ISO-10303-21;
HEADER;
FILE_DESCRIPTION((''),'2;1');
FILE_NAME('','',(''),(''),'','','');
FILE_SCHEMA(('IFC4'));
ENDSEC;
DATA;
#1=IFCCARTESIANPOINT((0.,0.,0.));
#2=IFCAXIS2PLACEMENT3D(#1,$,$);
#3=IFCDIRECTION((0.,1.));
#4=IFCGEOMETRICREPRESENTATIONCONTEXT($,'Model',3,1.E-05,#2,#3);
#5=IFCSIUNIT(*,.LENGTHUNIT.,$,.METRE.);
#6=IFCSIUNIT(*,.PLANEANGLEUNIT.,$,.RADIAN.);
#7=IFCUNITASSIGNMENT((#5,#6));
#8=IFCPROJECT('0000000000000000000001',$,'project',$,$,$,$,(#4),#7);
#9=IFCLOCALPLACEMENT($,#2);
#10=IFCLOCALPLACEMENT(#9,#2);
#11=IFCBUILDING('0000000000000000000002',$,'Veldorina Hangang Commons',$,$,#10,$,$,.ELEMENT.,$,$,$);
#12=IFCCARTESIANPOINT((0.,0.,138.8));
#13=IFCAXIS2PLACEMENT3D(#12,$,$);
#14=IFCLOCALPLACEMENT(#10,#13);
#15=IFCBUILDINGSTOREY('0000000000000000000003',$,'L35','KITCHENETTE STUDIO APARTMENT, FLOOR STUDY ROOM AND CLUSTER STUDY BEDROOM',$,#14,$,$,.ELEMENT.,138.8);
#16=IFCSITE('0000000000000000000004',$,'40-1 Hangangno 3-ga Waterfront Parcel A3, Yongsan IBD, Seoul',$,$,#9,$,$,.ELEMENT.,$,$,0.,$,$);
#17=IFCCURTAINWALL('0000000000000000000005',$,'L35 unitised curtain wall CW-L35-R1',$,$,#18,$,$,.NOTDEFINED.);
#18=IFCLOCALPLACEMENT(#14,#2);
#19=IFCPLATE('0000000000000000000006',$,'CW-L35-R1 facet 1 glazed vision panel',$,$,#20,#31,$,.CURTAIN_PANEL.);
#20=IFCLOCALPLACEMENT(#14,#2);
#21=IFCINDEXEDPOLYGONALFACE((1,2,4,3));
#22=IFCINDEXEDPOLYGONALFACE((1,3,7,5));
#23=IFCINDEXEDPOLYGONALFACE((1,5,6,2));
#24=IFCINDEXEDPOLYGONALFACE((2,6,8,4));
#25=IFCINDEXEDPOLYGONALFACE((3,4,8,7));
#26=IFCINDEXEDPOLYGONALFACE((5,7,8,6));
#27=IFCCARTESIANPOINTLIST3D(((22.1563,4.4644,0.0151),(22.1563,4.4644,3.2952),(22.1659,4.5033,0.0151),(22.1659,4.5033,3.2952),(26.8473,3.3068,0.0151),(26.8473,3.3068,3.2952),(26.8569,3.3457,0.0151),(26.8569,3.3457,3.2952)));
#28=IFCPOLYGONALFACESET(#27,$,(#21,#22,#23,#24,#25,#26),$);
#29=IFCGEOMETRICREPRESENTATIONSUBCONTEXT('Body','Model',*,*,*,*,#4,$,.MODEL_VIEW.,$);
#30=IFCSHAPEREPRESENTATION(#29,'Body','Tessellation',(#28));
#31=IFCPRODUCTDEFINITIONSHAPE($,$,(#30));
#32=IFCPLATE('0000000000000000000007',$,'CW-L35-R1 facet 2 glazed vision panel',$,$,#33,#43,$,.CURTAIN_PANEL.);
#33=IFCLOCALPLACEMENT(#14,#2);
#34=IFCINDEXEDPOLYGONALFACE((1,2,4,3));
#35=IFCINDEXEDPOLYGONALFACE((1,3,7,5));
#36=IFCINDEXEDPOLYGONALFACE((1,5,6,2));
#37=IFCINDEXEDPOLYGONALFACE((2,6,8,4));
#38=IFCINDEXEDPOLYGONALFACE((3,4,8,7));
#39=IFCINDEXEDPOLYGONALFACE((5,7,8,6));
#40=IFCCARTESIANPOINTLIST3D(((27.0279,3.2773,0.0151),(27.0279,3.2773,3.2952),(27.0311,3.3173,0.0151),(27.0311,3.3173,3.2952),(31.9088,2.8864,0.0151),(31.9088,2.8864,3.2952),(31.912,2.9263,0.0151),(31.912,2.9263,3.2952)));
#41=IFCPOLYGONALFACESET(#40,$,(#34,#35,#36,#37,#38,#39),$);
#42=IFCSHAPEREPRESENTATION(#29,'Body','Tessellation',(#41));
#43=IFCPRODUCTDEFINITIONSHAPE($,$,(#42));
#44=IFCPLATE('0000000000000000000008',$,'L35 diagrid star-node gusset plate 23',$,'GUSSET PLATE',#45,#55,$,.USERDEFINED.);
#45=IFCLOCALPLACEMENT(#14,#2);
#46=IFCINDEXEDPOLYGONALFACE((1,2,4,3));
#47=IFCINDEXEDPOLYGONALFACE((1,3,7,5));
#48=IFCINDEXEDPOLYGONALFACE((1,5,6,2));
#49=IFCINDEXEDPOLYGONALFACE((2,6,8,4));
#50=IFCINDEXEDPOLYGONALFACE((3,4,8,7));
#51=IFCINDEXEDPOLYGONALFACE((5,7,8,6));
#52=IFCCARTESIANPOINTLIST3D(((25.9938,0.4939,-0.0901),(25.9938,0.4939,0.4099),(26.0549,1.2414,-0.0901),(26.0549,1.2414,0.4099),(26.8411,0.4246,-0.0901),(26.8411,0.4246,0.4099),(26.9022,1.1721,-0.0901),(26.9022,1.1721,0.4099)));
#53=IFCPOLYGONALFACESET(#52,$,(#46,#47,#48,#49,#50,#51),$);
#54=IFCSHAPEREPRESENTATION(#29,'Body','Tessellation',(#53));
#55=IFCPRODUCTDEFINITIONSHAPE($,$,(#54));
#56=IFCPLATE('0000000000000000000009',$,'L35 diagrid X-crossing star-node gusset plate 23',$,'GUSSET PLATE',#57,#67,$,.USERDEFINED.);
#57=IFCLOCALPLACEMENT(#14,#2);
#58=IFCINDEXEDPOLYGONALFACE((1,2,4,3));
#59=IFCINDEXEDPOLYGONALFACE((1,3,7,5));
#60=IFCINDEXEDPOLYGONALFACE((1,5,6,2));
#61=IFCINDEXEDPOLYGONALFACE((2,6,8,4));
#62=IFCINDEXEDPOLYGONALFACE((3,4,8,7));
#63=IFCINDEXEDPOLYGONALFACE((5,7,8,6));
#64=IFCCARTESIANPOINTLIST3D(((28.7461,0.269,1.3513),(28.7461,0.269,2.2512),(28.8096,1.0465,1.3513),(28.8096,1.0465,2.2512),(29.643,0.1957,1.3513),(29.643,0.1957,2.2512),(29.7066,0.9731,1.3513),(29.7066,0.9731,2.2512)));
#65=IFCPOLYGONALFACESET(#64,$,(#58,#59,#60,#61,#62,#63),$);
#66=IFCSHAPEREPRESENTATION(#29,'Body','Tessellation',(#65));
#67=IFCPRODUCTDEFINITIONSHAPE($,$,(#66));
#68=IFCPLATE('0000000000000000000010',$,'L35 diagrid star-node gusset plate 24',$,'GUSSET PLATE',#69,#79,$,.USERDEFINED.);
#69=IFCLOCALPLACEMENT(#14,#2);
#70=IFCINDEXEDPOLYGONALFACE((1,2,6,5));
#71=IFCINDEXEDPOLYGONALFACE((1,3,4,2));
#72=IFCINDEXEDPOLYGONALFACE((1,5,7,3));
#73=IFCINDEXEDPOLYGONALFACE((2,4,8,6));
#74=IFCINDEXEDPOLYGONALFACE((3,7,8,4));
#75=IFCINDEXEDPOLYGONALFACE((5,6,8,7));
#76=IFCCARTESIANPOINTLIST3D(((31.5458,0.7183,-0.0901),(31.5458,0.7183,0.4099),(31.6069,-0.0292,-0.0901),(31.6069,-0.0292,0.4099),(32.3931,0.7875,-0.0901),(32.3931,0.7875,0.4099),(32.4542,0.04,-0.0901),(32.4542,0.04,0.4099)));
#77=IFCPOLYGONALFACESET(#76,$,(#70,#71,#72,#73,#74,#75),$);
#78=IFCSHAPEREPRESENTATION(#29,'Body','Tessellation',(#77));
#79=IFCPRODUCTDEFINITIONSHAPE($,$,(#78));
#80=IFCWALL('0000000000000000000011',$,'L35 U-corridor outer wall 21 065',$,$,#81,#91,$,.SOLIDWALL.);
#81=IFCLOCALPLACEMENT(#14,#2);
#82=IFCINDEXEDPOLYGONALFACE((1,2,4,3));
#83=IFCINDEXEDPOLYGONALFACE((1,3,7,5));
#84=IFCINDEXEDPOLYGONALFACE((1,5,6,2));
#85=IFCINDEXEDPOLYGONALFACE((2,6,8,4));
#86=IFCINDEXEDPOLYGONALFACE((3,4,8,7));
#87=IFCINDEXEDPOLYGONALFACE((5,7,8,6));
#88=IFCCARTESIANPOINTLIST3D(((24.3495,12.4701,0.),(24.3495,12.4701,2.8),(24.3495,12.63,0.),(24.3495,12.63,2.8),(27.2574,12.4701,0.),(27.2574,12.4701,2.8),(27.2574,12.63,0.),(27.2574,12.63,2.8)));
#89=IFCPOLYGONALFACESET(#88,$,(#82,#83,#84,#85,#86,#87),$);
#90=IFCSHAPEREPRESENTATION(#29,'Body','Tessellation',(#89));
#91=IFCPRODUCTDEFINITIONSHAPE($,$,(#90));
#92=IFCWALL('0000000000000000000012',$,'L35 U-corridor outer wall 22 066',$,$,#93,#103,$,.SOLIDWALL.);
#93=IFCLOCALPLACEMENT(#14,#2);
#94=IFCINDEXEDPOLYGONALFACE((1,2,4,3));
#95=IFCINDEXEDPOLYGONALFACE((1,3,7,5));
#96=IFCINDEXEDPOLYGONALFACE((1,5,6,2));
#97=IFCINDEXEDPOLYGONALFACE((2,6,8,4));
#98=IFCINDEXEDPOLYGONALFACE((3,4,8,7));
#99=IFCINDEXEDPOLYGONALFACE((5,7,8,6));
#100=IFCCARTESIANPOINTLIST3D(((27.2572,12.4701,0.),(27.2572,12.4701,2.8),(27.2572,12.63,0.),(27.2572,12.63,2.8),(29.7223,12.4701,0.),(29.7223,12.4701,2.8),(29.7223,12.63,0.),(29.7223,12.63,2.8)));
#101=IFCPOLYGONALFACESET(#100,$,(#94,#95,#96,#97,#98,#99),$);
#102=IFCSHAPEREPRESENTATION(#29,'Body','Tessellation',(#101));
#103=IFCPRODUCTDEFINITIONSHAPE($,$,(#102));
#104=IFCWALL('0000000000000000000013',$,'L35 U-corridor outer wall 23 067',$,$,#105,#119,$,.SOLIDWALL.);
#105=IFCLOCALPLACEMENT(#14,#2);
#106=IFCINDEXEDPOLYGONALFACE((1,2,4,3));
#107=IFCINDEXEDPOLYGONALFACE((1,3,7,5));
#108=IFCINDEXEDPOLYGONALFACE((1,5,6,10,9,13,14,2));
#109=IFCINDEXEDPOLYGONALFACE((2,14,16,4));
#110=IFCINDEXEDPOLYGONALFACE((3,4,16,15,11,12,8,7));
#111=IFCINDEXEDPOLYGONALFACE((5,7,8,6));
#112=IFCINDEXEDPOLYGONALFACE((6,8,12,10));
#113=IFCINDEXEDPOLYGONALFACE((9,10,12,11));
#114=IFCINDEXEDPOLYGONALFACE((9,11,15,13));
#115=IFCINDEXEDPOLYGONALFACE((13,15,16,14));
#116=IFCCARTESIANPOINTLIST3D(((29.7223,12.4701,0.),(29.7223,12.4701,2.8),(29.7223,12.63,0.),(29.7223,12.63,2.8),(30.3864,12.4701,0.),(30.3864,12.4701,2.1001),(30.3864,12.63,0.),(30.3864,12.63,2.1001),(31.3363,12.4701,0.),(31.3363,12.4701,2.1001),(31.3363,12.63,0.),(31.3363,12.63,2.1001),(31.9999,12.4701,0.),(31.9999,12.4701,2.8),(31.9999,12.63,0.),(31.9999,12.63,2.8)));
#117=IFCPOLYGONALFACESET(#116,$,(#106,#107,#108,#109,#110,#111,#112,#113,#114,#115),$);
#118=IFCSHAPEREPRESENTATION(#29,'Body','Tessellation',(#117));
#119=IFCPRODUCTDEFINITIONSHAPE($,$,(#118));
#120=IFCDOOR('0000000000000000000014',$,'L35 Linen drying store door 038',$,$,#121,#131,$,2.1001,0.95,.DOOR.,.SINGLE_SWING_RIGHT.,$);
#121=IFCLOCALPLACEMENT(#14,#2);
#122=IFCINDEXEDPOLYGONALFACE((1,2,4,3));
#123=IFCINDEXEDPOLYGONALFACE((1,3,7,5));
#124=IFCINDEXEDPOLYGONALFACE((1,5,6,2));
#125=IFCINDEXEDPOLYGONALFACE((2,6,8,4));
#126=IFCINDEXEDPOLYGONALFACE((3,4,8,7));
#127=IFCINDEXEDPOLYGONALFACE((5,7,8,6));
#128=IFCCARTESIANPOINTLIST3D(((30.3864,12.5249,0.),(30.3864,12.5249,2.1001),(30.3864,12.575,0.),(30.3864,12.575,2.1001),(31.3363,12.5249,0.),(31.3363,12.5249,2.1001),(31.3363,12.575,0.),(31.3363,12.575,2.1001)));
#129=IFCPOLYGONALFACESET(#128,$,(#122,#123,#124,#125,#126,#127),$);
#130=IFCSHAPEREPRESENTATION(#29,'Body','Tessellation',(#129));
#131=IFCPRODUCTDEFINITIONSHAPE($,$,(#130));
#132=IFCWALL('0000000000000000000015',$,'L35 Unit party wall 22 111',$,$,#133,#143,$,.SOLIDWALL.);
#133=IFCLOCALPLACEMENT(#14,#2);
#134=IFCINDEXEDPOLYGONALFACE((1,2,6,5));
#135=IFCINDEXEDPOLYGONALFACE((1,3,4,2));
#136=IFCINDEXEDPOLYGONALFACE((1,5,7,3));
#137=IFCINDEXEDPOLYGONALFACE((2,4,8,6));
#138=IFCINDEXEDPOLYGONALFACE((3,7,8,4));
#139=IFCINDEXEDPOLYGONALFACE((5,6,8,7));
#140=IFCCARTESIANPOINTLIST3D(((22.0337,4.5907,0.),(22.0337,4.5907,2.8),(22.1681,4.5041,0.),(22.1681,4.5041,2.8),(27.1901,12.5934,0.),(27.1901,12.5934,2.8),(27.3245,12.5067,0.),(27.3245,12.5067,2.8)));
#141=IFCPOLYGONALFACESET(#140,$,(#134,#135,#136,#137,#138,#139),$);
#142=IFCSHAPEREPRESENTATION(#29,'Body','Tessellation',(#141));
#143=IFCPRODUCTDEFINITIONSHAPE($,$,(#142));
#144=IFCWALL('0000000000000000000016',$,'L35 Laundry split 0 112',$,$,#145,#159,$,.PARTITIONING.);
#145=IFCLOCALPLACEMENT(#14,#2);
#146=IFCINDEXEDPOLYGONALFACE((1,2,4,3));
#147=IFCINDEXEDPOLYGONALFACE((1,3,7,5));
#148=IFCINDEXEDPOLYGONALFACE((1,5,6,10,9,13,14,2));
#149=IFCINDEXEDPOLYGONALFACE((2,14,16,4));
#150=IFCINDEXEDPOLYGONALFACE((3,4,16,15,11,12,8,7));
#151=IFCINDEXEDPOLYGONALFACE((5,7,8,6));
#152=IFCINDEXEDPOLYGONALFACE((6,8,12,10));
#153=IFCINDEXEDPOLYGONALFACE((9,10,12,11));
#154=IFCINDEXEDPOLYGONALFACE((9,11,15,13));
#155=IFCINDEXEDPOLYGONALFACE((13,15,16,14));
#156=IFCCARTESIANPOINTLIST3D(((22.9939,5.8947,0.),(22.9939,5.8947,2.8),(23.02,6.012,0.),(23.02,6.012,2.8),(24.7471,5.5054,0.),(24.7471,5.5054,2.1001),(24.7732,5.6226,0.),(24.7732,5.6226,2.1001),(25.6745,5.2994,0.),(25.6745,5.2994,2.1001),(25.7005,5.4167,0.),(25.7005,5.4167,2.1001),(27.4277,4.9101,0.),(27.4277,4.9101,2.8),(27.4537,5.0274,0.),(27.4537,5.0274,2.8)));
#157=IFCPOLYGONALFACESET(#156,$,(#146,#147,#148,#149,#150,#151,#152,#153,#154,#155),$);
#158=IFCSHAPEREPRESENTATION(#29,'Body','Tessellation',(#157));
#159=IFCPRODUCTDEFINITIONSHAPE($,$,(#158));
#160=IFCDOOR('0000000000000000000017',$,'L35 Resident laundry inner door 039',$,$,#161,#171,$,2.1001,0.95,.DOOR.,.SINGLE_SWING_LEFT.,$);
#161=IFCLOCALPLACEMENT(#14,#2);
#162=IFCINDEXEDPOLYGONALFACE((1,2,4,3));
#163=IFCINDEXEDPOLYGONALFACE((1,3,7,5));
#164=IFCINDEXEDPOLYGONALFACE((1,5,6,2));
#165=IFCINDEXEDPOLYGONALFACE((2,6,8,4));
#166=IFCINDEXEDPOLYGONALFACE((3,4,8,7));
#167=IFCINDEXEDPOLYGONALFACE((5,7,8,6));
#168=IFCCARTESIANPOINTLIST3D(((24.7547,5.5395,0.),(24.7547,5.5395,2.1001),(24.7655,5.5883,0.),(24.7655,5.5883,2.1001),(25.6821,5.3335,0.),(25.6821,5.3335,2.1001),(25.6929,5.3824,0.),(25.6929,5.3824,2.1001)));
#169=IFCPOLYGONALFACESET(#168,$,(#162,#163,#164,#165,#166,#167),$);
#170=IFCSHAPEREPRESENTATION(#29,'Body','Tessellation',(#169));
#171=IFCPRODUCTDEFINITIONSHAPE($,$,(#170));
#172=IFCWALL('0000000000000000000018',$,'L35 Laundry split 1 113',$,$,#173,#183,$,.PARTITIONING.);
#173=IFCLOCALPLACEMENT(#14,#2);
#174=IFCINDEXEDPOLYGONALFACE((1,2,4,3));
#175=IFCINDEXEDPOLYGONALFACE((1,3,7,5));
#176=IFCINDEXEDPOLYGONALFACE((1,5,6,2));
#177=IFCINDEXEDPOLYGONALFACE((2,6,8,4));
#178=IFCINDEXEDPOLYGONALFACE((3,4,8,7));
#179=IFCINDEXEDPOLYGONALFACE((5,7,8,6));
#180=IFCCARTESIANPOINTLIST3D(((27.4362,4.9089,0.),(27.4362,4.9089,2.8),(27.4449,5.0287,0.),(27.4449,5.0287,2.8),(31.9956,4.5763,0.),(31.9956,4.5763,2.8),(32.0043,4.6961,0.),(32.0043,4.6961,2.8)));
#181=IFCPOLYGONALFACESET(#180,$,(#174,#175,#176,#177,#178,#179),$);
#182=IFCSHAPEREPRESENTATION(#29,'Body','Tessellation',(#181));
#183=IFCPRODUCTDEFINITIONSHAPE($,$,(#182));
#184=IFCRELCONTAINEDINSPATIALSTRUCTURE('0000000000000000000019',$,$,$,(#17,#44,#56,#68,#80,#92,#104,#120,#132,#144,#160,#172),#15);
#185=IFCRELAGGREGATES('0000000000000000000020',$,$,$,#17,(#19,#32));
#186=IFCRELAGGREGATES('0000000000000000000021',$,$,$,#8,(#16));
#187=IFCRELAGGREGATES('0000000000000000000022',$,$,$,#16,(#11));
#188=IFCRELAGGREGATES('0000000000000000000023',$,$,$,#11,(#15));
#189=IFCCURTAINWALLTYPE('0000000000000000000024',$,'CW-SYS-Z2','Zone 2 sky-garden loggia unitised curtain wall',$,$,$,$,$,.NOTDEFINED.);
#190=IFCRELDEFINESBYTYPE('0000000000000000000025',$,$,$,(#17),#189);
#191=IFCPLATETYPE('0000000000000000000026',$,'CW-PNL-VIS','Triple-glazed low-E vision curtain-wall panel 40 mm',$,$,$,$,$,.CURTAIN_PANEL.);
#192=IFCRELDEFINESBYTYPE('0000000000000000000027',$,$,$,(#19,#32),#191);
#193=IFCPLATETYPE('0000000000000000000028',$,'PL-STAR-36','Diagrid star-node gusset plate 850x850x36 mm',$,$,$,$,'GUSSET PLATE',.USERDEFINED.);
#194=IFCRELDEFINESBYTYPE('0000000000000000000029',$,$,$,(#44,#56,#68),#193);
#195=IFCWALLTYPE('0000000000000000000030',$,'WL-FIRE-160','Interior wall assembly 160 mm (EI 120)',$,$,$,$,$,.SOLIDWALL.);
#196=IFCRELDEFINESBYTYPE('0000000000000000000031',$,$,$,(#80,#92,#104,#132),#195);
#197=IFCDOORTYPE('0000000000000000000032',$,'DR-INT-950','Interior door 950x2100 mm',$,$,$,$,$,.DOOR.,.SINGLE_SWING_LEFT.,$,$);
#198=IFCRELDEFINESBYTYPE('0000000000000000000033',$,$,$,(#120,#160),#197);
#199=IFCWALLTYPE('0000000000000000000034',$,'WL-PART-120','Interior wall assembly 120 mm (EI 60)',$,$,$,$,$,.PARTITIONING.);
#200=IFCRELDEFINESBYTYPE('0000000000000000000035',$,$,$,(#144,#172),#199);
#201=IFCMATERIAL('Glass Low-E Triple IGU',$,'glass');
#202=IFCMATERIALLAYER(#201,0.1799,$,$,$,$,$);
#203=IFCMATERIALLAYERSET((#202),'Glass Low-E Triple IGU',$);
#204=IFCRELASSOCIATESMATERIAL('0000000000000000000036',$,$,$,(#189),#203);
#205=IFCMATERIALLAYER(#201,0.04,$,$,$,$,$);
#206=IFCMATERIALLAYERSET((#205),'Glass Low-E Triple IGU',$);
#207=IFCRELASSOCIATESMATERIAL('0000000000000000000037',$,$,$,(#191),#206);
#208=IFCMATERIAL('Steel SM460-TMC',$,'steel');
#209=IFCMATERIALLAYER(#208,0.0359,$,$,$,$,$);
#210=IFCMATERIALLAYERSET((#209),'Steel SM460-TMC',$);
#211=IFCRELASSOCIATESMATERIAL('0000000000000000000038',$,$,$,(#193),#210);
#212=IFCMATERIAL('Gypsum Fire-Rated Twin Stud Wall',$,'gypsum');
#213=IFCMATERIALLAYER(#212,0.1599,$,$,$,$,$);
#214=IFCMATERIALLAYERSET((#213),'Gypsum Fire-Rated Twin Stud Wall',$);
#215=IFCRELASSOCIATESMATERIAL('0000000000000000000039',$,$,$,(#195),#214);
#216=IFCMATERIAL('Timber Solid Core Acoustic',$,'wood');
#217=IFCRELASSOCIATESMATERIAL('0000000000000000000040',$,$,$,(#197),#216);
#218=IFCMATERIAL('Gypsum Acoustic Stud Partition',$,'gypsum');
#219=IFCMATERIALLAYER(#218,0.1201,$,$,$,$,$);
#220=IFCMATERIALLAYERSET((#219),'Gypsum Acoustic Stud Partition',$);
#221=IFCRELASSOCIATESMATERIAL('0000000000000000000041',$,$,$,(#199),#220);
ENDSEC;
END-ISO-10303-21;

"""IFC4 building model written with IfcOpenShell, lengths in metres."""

from ifc_helpers import new_model, si_unit, direction, frame, frame_2d, origin, origin_2d, place, context, subcontext, project, spatial, rectangle, extrude, material, layer, layer_set, type_object, element, fill, aggregate, save


model = new_model("IFC4")

# Units and contexts
model_context = context("Model", 3, precision=1e-05, world=origin(), true_north=direction((0.0, 1.0)))
body_context = subcontext(model_context, "Body", "Model", "MODEL_VIEW")
ifc_project = project(units=[si_unit("LENGTHUNIT", "METRE"), si_unit("PLANEANGLEUNIT", "RADIAN")], contexts=[model_context])

# Site, building, storey
site_placement = place(None, origin())
site = spatial("IfcSite", under=ifc_project, at=site_placement, Name="40-1 Hangangno 3-ga Waterfront Parcel A3, Yongsan IBD, Seoul", CompositionType="ELEMENT", RefElevation=0.0)
building_placement = place(site_placement, origin())
building = spatial("IfcBuilding", under=site, at=building_placement, Name="Veldorina Hangang Commons", CompositionType="ELEMENT")
storey_placement = place(building_placement, frame((0.0, 0.0, 138.8)))
storey = spatial("IfcBuildingStorey", under=building, at=storey_placement, Name="L35", Description="KITCHENETTE STUDIO APARTMENT, FLOOR STUDY ROOM AND CLUSTER STUDY BEDROOM", CompositionType="ELEMENT", Elevation=138.8)

# Curtain wall
ifc_material_1 = material(Name="Glass Low-E Triple IGU", Category="glass")
ifc_layer_1 = layer(ifc_material_1, 0.1799)
ifc_layer_set_1 = layer_set([ifc_layer_1], Name="Glass Low-E Triple IGU")
curtain_wall_type = type_object("IfcCurtainWallType", Name="CW-SYS-Z2", Description="Zone 2 sky-garden loggia unitised curtain wall", PredefinedType="NOTDEFINED", material=ifc_layer_set_1)
curtain_wall_placement = place(storey_placement, origin())
curtain_wall = element("IfcCurtainWall", 1, at=curtain_wall_placement, inside=storey, type_object=curtain_wall_type, Name="L35 unitised curtain wall CW-L35-R1", PredefinedType="NOTDEFINED")

# Plates
ifc_layer_2 = layer(ifc_material_1, 0.04)
ifc_layer_set_2 = layer_set([ifc_layer_2], Name="Glass Low-E Triple IGU")
plate_type_1 = type_object("IfcPlateType", Name="CW-PNL-VIS", Description="Triple-glazed low-E vision curtain-wall panel 40 mm", PredefinedType="CURTAIN_PANEL", material=ifc_layer_set_2)
plate_1_placement = place(storey_placement, frame((24.5066, 3.905, 0.0151), z_axis=(0.0, 0.0, 1.0), x_axis=(0.970876, -0.239584, 0.0)))
plate_1 = element("IfcPlate", 2, at=plate_1_placement, type_object=plate_type_1, Name="CW-L35-R1 facet 1 glazed vision panel", PredefinedType="CURTAIN_PANEL", context=body_context, shape_type="SweptSolid", body=[
    extrude(rectangle(XDim=4.8318, YDim=0.04, at=origin_2d()), origin(), (0.0, 0.0, 1.0), 3.28),
])
plate_2_placement = place(storey_placement, frame((29.47, 3.1018, 0.0151), z_axis=(0.0, 0.0, 1.0), x_axis=(0.996807, -0.079851, 0.0)))
plate_2 = element("IfcPlate", 3, at=plate_2_placement, type_object=plate_type_1, Name="CW-L35-R1 facet 2 glazed vision panel", PredefinedType="CURTAIN_PANEL", context=body_context, shape_type="SweptSolid", body=[
    extrude(rectangle(XDim=4.8965, YDim=0.04, at=origin_2d()), origin(), (0.0, 0.0, 1.0), 3.28),
])
aggregate(curtain_wall, [plate_1, plate_2])

# Plates
ifc_material_2 = material(Name="Steel SM460-TMC", Category="steel")
ifc_layer_3 = layer(ifc_material_2, 0.0359)
ifc_layer_set_3 = layer_set([ifc_layer_3], Name="Steel SM460-TMC")
plate_type_2 = type_object("IfcPlateType", Name="PL-STAR-36", Description="Diagrid star-node gusset plate 850x850x36 mm", ElementType="GUSSET PLATE", PredefinedType="USERDEFINED", material=ifc_layer_set_3)
plate_3_placement = place(storey_placement, frame((26.448, 0.833, -0.0901), z_axis=(0.0, 0.0, 1.0), x_axis=(0.996674, -0.081486, 0.0)))
element("IfcPlate", 4, at=plate_3_placement, inside=storey, type_object=plate_type_2, Name="L35 diagrid star-node gusset plate 23", ObjectType="GUSSET PLATE", PredefinedType="USERDEFINED", context=body_context, shape_type="SweptSolid", body=[
    extrude(rectangle(XDim=0.8501, YDim=0.75, at=origin_2d()), origin(), (0.0, 0.0, 1.0), 0.5),
])
plate_4_placement = place(storey_placement, frame((29.2263, 0.6211, 1.3513), z_axis=(0.0, 0.0, 1.0), x_axis=(0.996674, -0.081486, 0.0)))
element("IfcPlate", 5, at=plate_4_placement, inside=storey, type_object=plate_type_2, Name="L35 diagrid X-crossing star-node gusset plate 23", ObjectType="GUSSET PLATE", PredefinedType="USERDEFINED", context=body_context, shape_type="SweptSolid", body=[
    extrude(rectangle(XDim=0.8999, YDim=0.78, at=origin_2d()), origin(), (0.0, 0.0, 1.0), 0.8999),
])
plate_5_placement = place(storey_placement, frame((32.0, 0.3792, -0.0901), z_axis=(0.0, 0.0, 1.0), x_axis=(0.996674, 0.081486, 0.0)))
element("IfcPlate", 6, at=plate_5_placement, inside=storey, type_object=plate_type_2, Name="L35 diagrid star-node gusset plate 24", ObjectType="GUSSET PLATE", PredefinedType="USERDEFINED", context=body_context, shape_type="SweptSolid", body=[
    extrude(rectangle(XDim=0.8501, YDim=0.75, at=origin_2d()), origin(), (0.0, 0.0, 1.0), 0.5),
])

# Walls
ifc_material_3 = material(Name="Gypsum Fire-Rated Twin Stud Wall", Category="gypsum")
ifc_layer_4 = layer(ifc_material_3, 0.1599)
ifc_layer_set_4 = layer_set([ifc_layer_4], Name="Gypsum Fire-Rated Twin Stud Wall")
wall_type_1 = type_object("IfcWallType", Name="WL-FIRE-160", Description="Interior wall assembly 160 mm (EI 120)", PredefinedType="SOLIDWALL", material=ifc_layer_set_4)
wall_1_placement = place(storey_placement, frame((24.3494, 12.55, 0.0), z_axis=(0.0, 0.0, 1.0), x_axis=(1.0, 0.0, 0.0)))
element("IfcWall", 7, at=wall_1_placement, inside=storey, type_object=wall_type_1, Name="L35 U-corridor outer wall 21 065", PredefinedType="SOLIDWALL", context=body_context, shape_type="SweptSolid", body=[
    extrude(rectangle(XDim=2.908, YDim=0.1599, at=frame_2d((1.4541, 0.0))), origin(), (0.0, 0.0, 1.0), 2.8),
])
wall_2_placement = place(storey_placement, frame((27.2573, 12.55, 0.0), z_axis=(0.0, 0.0, 1.0), x_axis=(1.0, 0.0, 0.0)))
element("IfcWall", 8, at=wall_2_placement, inside=storey, type_object=wall_type_1, Name="L35 U-corridor outer wall 22 066", PredefinedType="SOLIDWALL", context=body_context, shape_type="SweptSolid", body=[
    extrude(rectangle(XDim=2.4651, YDim=0.1599, at=frame_2d((1.2324, 0.0))), origin(), (0.0, 0.0, 1.0), 2.8),
])

# Wall, opening, door
wall_3_placement = place(storey_placement, frame((29.7224, 12.55, 0.0), z_axis=(0.0, 0.0, 1.0), x_axis=(1.0, 0.0, 0.0)))
wall_3 = element("IfcWall", 9, at=wall_3_placement, inside=storey, type_object=wall_type_1, Name="L35 U-corridor outer wall 23 067", PredefinedType="SOLIDWALL", context=body_context, shape_type="SweptSolid", body=[
    extrude(rectangle(XDim=2.2776, YDim=0.1599, at=frame_2d((1.1387, 0.0))), origin(), (0.0, 0.0, 1.0), 2.8),
])
opening_1_placement = place(wall_3_placement, frame((0.6638, 0.0, 0.0)))
opening_1 = element("IfcOpeningElement", 10, at=opening_1_placement, cuts=wall_3, PredefinedType="OPENING", context=body_context, shape_type="SweptSolid", body=[
    extrude(rectangle(XDim=0.95, YDim=2.1001, at=frame_2d((0.4751, 1.05))), frame((0.0, 0.0898, 0.0), z_axis=(0.0, -1.0, 0.0), x_axis=(1.0, 0.0, 0.0)), (0.0, 0.0, 1.0), 0.1799),
])
ifc_material_4 = material(Name="Timber Solid Core Acoustic", Category="wood")
door_type = type_object("IfcDoorType", Name="DR-INT-950", Description="Interior door 950x2100 mm", OperationType="SINGLE_SWING_LEFT", PredefinedType="DOOR", material=ifc_material_4)
door_1_placement = place(opening_1_placement, origin())
door_1 = element("IfcDoor", 11, at=door_1_placement, inside=storey, type_object=door_type, Name="L35 Linen drying store door 038", OperationType="SINGLE_SWING_RIGHT", OverallHeight=2.1001, OverallWidth=0.95, PredefinedType="DOOR", context=body_context, shape_type="SweptSolid", body=[
    extrude(rectangle(XDim=0.95, YDim=2.1001, at=frame_2d((0.4751, 1.05))), frame((0.0, 0.0249, 0.0), z_axis=(0.0, -1.0, 0.0), x_axis=(1.0, 0.0, 0.0)), (0.0, 0.0, 1.0), 0.05),
])
fill(opening_1, door_1)

# Wall
wall_4_placement = place(storey_placement, frame((27.2573, 12.55, 0.0), z_axis=(0.0, 0.0, 1.0), x_axis=(-0.541643, -0.840609, 0.0)))
element("IfcWall", 12, at=wall_4_placement, inside=storey, type_object=wall_type_1, Name="L35 Unit party wall 22 111", PredefinedType="SOLIDWALL", context=body_context, shape_type="SweptSolid", body=[
    extrude(rectangle(XDim=9.52, YDim=0.1599, at=frame_2d((4.76, 0.0))), origin(), (0.0, 0.0, 1.0), 2.8),
])

# Wall, opening, door
ifc_material_5 = material(Name="Gypsum Acoustic Stud Partition", Category="gypsum")
ifc_layer_5 = layer(ifc_material_5, 0.1201)
ifc_layer_set_5 = layer_set([ifc_layer_5], Name="Gypsum Acoustic Stud Partition")
wall_type_2 = type_object("IfcWallType", Name="WL-PART-120", Description="Interior wall assembly 120 mm (EI 60)", PredefinedType="PARTITIONING", material=ifc_layer_set_5)
wall_5_placement = place(storey_placement, frame((23.0068, 5.9534, 0.0), z_axis=(0.0, 0.0, 1.0), x_axis=(0.976219, -0.216788, 0.0)))
wall_5 = element("IfcWall", 13, at=wall_5_placement, inside=storey, type_object=wall_type_2, Name="L35 Laundry split 0 112", PredefinedType="PARTITIONING", context=body_context, shape_type="SweptSolid", body=[
    extrude(rectangle(XDim=4.5417, YDim=0.1201, at=frame_2d((2.271, 0.0))), origin(), (0.0, 0.0, 1.0), 2.8),
])
opening_2_placement = place(wall_5_placement, frame((1.7959, 0.0, 0.0)))
opening_2 = element("IfcOpeningElement", 14, at=opening_2_placement, cuts=wall_5, PredefinedType="OPENING", context=body_context, shape_type="SweptSolid", body=[
    extrude(rectangle(XDim=0.95, YDim=2.1001, at=frame_2d((0.4751, 1.05))), frame((0.0, 0.0701, 0.0), z_axis=(0.0, -1.0, 0.0), x_axis=(1.0, 0.0, 0.0)), (0.0, 0.0, 1.0), 0.1401),
])
door_2_placement = place(opening_2_placement, origin())
door_2 = element("IfcDoor", 15, at=door_2_placement, inside=storey, type_object=door_type, Name="L35 Resident laundry inner door 039", OperationType="SINGLE_SWING_LEFT", OverallHeight=2.1001, OverallWidth=0.95, PredefinedType="DOOR", context=body_context, shape_type="SweptSolid", body=[
    extrude(rectangle(XDim=0.95, YDim=2.1001, at=frame_2d((0.4751, 1.05))), frame((0.0, 0.0249, 0.0), z_axis=(0.0, -1.0, 0.0), x_axis=(1.0, 0.0, 0.0)), (0.0, 0.0, 1.0), 0.05),
])
fill(opening_2, door_2)

# Wall
wall_6_placement = place(storey_placement, frame((27.4407, 4.9688, 0.0), z_axis=(0.0, 0.0, 1.0), x_axis=(0.997351, -0.072739, 0.0)))
element("IfcWall", 16, at=wall_6_placement, inside=storey, type_object=wall_type_2, Name="L35 Laundry split 1 113", PredefinedType="PARTITIONING", context=body_context, shape_type="SweptSolid", body=[
    extrude(rectangle(XDim=4.5715, YDim=0.1201, at=frame_2d((2.2856, 0.0))), origin(), (0.0, 0.0, 1.0), 2.8),
])

save(model, "model.ifc")
